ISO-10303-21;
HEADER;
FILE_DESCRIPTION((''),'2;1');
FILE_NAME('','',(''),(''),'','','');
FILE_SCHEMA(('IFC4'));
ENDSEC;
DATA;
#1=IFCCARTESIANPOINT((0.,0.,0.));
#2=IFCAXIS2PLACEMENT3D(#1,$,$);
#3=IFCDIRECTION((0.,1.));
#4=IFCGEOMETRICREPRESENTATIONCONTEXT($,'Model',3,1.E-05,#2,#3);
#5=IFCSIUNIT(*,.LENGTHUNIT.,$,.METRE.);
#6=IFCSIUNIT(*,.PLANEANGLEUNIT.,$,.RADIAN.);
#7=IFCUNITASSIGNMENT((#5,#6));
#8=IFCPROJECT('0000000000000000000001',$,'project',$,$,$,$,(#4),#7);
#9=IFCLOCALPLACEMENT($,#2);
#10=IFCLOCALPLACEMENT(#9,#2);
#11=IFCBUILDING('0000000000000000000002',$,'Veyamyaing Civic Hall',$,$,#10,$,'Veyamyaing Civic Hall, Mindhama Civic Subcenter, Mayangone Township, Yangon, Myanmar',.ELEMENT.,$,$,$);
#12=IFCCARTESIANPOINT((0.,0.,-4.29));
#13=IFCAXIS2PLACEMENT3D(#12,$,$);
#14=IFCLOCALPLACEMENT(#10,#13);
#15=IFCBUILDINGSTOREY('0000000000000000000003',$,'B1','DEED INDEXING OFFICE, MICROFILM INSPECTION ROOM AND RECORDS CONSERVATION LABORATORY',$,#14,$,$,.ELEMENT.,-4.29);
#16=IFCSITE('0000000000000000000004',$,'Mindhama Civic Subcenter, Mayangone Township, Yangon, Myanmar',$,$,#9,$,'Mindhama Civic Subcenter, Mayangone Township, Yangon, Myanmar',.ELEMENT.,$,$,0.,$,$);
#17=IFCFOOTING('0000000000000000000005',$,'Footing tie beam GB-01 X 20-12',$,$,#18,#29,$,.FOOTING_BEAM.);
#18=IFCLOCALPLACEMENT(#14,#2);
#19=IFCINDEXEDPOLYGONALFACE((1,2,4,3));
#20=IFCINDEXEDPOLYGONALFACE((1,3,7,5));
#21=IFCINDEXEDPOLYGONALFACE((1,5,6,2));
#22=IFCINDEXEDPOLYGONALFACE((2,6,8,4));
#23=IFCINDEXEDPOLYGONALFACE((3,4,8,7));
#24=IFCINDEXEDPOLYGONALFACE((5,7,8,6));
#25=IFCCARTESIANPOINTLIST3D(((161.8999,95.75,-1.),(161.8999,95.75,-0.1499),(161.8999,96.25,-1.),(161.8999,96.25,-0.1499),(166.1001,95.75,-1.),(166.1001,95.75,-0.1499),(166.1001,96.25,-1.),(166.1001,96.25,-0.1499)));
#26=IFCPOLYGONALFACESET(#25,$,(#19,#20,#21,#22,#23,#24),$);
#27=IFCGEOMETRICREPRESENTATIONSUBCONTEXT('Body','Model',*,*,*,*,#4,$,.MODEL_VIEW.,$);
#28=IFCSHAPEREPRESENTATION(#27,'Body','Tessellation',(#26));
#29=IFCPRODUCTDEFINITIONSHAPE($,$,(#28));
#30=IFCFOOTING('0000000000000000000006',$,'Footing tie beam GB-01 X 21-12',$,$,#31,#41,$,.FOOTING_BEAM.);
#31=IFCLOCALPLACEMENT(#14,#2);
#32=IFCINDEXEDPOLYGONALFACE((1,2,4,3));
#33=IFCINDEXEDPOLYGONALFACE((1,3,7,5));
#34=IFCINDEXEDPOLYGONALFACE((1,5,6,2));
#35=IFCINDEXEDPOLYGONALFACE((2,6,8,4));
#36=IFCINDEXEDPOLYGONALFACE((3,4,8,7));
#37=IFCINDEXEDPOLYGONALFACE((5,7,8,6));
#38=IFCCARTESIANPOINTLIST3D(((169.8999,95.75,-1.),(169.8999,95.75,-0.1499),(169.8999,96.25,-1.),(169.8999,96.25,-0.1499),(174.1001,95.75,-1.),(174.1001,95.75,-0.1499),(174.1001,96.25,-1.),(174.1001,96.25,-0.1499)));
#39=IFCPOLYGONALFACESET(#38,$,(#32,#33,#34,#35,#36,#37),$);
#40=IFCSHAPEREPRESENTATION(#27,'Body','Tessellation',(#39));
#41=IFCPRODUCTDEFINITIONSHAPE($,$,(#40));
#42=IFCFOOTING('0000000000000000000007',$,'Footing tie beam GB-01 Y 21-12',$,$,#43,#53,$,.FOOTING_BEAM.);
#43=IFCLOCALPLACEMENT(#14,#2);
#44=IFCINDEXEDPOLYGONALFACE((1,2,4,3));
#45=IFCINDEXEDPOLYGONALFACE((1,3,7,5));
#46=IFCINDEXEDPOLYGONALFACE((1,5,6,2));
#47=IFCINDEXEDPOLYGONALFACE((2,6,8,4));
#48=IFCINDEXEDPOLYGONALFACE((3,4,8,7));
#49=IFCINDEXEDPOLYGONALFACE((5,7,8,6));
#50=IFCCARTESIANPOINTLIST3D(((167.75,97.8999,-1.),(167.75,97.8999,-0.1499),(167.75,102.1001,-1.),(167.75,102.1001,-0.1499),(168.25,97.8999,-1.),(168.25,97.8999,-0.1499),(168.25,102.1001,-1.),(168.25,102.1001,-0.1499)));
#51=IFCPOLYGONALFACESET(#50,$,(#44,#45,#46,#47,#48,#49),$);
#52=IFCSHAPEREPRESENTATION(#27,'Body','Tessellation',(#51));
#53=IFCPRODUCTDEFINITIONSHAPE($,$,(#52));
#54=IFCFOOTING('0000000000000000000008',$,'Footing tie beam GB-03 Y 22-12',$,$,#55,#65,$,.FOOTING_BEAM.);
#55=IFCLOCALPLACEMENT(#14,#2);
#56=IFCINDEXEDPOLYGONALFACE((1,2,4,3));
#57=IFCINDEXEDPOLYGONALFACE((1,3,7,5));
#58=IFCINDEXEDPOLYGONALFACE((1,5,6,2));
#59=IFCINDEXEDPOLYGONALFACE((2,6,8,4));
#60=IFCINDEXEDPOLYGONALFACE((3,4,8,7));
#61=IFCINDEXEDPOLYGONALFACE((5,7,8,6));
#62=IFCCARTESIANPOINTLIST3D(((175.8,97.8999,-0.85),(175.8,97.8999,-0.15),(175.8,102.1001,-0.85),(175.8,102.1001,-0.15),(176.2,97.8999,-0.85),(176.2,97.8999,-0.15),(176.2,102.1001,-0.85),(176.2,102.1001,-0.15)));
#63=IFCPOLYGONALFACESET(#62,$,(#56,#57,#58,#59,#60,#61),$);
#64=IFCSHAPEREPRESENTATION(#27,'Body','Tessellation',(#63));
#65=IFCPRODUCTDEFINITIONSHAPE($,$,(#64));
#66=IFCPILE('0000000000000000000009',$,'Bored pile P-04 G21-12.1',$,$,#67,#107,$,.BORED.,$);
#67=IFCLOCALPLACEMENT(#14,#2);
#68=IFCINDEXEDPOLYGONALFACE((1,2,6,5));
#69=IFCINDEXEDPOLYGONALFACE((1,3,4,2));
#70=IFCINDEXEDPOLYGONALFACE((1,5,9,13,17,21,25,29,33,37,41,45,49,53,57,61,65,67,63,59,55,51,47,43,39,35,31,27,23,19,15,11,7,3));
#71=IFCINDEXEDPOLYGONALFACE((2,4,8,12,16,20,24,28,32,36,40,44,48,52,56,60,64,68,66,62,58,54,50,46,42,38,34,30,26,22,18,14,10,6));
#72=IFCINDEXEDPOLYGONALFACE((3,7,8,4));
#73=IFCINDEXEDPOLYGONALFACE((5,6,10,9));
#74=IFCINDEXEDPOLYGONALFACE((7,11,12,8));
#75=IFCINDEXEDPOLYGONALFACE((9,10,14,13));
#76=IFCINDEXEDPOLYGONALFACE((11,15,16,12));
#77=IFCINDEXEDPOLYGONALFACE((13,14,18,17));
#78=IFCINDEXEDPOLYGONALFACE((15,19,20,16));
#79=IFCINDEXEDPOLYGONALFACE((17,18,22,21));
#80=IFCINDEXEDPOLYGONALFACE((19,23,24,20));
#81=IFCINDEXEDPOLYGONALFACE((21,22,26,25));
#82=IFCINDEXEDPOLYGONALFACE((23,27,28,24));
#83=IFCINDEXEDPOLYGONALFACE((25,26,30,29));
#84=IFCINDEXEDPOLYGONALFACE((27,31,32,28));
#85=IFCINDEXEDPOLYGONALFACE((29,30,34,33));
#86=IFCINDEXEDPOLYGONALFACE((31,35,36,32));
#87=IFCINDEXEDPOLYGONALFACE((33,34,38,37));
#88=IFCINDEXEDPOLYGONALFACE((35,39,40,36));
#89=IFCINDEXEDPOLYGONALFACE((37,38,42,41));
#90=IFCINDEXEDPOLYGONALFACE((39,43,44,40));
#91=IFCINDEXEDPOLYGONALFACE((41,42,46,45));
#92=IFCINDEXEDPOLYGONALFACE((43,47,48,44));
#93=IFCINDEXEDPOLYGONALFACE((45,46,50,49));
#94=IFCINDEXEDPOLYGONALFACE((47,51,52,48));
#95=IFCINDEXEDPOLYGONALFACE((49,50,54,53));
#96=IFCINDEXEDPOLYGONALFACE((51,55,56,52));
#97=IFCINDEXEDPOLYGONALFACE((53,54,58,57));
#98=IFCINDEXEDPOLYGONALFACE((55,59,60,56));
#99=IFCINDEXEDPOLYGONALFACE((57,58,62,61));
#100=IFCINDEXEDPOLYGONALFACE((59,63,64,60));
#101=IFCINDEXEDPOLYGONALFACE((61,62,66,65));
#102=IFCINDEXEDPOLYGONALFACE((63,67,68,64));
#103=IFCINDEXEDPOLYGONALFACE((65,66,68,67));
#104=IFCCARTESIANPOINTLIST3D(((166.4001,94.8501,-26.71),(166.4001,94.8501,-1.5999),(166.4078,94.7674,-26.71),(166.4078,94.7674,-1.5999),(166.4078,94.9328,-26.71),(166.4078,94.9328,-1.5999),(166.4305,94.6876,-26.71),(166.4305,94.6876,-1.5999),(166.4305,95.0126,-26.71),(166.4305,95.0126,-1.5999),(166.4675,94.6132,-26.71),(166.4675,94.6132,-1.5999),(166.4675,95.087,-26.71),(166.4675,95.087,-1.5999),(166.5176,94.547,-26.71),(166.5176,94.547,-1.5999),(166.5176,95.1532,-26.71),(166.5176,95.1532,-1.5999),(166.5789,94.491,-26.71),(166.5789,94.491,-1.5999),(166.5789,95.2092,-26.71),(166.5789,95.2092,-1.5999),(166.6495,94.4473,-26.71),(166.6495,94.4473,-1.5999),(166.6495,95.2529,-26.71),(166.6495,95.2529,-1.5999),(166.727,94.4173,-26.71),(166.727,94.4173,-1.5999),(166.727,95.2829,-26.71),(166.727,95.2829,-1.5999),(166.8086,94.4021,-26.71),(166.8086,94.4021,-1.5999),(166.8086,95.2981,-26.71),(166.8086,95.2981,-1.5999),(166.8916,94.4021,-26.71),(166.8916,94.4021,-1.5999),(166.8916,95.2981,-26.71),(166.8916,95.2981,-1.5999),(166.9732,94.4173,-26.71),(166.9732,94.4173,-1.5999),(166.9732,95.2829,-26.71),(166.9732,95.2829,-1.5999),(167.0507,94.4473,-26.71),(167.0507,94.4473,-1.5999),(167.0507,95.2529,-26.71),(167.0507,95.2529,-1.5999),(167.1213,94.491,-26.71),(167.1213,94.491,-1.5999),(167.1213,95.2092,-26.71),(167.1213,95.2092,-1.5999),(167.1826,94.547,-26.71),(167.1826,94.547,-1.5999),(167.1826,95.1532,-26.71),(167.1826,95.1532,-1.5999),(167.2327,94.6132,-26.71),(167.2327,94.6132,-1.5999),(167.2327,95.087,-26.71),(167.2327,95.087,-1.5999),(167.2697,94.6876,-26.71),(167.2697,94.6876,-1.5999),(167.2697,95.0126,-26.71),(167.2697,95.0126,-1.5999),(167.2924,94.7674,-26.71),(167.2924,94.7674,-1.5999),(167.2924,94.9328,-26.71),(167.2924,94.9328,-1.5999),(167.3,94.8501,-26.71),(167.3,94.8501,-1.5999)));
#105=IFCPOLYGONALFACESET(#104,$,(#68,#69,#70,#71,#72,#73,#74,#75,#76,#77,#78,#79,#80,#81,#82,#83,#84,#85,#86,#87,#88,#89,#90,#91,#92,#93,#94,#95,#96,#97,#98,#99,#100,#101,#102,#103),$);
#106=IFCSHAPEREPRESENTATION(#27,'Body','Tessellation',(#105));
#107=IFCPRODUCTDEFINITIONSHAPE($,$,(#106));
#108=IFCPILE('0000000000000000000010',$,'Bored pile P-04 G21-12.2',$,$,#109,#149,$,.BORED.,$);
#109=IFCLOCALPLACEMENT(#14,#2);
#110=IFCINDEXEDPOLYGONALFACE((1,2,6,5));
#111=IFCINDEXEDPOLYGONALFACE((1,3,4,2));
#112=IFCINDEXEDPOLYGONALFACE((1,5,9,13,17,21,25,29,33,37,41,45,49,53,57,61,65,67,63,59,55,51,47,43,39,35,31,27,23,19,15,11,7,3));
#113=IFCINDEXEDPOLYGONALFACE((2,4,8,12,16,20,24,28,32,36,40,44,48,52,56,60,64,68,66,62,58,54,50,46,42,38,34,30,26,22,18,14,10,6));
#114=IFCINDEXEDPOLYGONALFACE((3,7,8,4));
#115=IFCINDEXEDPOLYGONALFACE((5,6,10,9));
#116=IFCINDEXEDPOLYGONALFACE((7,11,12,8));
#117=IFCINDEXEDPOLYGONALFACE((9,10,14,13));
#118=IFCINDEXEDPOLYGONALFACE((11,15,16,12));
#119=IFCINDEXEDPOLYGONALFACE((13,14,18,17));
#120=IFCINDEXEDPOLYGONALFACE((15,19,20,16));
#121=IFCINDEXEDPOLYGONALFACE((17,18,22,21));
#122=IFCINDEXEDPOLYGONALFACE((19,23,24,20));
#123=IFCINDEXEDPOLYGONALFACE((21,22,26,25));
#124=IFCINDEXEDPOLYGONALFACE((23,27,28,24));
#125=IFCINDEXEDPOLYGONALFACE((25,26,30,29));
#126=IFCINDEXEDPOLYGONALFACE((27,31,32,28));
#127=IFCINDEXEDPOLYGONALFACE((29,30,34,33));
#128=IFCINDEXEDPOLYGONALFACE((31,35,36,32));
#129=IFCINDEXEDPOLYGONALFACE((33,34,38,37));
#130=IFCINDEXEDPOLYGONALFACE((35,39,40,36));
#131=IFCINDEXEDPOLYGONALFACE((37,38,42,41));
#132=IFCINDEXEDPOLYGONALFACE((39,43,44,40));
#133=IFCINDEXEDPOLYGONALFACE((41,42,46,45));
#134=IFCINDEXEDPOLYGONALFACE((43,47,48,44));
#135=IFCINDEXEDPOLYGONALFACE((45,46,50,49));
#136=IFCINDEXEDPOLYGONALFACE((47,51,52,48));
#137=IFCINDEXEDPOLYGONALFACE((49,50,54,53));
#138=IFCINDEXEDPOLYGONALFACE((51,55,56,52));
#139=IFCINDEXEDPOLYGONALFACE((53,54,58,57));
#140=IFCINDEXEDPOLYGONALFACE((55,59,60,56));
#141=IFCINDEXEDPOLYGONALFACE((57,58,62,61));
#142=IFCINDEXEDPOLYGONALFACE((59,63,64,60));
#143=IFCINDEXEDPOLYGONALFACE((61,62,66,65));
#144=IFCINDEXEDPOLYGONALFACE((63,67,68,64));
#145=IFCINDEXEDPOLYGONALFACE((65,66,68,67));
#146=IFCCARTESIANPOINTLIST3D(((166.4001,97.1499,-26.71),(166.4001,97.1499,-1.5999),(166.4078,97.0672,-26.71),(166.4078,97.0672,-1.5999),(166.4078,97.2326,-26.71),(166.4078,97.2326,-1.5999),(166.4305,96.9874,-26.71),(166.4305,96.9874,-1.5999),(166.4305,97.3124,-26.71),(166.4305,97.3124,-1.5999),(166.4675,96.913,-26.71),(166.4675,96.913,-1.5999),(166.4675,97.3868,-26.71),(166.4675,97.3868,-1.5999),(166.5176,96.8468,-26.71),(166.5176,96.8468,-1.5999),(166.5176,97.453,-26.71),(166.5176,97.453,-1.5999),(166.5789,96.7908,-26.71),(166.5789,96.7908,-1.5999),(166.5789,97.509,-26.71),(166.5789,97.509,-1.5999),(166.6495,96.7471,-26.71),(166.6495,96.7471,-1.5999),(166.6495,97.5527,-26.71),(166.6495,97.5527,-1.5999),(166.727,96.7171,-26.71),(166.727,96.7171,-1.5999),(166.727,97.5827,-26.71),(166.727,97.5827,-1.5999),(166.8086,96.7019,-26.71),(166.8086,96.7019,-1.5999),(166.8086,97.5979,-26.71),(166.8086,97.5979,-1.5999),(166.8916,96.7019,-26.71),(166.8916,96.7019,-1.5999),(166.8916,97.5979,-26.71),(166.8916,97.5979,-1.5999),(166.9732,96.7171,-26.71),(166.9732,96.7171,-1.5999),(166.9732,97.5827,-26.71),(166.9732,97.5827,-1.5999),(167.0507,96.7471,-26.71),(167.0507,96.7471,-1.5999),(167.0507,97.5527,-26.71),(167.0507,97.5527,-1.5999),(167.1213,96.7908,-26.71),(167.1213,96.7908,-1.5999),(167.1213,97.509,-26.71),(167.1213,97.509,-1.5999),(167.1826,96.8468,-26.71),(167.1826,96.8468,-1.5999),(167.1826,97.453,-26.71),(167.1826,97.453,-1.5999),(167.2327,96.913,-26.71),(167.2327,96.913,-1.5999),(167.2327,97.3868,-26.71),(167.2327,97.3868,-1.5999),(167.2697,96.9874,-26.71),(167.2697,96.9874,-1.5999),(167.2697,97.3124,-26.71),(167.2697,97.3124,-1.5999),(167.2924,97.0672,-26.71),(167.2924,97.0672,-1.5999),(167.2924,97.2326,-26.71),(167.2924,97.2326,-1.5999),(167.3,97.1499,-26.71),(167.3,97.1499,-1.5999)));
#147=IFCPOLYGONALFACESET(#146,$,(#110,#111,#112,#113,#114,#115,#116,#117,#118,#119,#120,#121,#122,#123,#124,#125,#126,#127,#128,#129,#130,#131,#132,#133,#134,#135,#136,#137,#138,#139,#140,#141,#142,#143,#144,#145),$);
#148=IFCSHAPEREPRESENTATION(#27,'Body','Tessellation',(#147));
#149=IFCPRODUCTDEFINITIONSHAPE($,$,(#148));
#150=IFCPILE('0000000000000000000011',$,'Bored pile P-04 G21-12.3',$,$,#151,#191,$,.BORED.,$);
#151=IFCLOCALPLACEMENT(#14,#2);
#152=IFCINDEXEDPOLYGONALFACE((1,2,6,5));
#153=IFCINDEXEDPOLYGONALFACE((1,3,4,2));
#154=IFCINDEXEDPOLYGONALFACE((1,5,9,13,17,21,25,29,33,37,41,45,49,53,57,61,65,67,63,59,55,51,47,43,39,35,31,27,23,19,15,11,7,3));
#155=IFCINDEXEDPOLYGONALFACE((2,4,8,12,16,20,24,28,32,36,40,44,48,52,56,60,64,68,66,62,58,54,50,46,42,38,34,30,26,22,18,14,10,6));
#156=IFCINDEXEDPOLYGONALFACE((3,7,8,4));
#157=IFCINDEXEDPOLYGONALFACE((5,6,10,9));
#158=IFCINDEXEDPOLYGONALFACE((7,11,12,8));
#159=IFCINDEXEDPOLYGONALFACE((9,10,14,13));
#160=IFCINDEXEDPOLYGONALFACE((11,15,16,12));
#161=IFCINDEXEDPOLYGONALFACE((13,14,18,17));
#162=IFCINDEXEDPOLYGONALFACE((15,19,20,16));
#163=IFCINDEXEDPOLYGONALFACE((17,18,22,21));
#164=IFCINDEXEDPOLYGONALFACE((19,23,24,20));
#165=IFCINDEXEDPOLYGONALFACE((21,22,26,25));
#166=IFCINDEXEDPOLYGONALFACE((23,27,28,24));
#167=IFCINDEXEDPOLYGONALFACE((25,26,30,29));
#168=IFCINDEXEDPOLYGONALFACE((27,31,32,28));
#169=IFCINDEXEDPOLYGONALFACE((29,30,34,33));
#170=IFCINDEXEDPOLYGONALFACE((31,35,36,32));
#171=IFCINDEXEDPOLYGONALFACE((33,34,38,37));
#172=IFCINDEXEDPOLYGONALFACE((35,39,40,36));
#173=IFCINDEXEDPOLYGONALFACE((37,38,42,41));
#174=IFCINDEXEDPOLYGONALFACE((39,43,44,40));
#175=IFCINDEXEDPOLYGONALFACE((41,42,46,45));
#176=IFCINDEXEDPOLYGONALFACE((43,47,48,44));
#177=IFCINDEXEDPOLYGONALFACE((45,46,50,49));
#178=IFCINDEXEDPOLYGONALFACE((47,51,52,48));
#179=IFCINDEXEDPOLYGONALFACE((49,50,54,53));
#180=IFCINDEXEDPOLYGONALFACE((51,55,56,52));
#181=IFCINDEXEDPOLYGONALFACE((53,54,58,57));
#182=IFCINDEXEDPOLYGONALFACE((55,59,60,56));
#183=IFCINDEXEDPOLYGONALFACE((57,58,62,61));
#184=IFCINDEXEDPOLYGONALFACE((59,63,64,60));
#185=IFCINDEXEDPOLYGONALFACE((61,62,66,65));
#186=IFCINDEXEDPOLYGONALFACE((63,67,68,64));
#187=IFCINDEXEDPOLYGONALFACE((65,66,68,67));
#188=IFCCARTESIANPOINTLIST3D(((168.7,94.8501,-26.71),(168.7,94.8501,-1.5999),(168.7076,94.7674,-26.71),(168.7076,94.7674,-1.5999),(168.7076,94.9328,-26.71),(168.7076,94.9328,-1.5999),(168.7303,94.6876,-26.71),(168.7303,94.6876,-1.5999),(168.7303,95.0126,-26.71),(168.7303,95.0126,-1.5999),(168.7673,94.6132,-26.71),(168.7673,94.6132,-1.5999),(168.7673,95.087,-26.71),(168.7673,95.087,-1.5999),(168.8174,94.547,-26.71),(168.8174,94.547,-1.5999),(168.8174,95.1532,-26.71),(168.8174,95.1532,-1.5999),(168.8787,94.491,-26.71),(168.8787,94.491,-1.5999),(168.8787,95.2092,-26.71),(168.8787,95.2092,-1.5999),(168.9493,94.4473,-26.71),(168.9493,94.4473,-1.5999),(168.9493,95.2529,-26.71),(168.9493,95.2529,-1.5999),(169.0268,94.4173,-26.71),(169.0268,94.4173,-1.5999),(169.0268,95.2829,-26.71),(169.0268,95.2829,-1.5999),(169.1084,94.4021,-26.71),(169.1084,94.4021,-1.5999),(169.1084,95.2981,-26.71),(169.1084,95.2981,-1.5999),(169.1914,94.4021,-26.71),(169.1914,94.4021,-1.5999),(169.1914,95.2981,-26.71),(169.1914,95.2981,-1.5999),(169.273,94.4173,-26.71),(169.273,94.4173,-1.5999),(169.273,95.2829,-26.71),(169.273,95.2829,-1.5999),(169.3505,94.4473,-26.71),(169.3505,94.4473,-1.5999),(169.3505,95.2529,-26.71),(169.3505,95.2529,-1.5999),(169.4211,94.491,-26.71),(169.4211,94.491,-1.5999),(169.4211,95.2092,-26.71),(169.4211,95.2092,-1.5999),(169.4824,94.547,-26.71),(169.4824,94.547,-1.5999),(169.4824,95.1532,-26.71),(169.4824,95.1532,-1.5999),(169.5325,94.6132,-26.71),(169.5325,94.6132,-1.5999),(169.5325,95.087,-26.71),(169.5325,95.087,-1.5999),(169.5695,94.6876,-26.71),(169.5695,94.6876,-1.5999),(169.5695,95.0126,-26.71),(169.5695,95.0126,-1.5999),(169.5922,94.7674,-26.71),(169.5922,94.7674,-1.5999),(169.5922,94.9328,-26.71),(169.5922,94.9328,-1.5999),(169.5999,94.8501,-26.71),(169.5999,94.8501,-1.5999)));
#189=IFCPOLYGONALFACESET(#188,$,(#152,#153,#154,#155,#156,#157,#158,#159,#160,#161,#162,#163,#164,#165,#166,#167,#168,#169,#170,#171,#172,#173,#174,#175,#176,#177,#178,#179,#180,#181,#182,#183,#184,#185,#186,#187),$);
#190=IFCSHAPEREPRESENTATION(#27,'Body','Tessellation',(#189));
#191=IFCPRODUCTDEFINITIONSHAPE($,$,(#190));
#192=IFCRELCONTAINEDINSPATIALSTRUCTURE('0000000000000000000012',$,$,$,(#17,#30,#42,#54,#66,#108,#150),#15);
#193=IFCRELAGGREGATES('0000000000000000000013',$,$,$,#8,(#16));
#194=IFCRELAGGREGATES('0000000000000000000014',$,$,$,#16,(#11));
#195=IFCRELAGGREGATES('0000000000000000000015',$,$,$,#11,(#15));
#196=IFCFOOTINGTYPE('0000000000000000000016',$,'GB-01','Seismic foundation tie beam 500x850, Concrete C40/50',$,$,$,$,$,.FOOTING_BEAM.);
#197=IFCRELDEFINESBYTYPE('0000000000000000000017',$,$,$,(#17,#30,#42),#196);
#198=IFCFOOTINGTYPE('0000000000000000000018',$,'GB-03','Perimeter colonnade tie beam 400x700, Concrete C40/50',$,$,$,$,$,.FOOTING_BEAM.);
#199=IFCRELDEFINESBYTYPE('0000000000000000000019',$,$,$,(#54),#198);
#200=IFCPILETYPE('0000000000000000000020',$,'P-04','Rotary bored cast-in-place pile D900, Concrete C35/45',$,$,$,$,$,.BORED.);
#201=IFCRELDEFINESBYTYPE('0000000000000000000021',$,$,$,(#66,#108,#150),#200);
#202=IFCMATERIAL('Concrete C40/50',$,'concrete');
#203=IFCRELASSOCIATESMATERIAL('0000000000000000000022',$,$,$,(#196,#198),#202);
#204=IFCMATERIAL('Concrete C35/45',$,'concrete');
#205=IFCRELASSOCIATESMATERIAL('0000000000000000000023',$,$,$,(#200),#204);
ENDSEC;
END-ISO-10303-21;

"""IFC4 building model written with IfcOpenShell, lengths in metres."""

from ifc_helpers import new_model, si_unit, direction, frame, origin, origin_2d, place, context, subcontext, project, spatial, rectangle, circle, extrude, material, material_profile, profile_set, type_object, element, save


model = new_model("IFC4")

# Units and contexts
model_context = context("Model", 3, precision=1e-05, world=origin(), true_north=direction((0.0, 1.0)))
body_context = subcontext(model_context, "Body", "Model", "MODEL_VIEW")
ifc_project = project(units=[si_unit("LENGTHUNIT", "METRE"), si_unit("PLANEANGLEUNIT", "RADIAN")], contexts=[model_context])

# Site, building, storey
site_placement = place(None, origin())
site = spatial("IfcSite", under=ifc_project, at=site_placement, Name="Mindhama Civic Subcenter, Mayangone Township, Yangon, Myanmar", LongName="Mindhama Civic Subcenter, Mayangone Township, Yangon, Myanmar", CompositionType="ELEMENT", RefElevation=0.0)
building_placement = place(site_placement, origin())
building = spatial("IfcBuilding", under=site, at=building_placement, Name="Veyamyaing Civic Hall", LongName="Veyamyaing Civic Hall, Mindhama Civic Subcenter, Mayangone Township, Yangon, Myanmar", CompositionType="ELEMENT")
storey_placement = place(building_placement, frame((0.0, 0.0, -4.29)))
storey = spatial("IfcBuildingStorey", under=building, at=storey_placement, Name="B1", Description="DEED INDEXING OFFICE, MICROFILM INSPECTION ROOM AND RECORDS CONSERVATION LABORATORY", CompositionType="ELEMENT", Elevation=-4.29)

# Footings
ifc_material_1 = material(Name="Concrete C40/50", Category="concrete")
ifc_material_profile_1 = material_profile(ifc_material_1, rectangle(XDim=0.5, YDim=0.8501, at=origin_2d()), Name="GB-500X850")
ifc_profile_set_1 = profile_set([ifc_material_profile_1], Name="Concrete C40/50")
footing_type_1 = type_object("IfcFootingType", Name="GB-01", Description="Seismic foundation tie beam 500x850, Concrete C40/50", PredefinedType="FOOTING_BEAM", material=ifc_profile_set_1)
for number, where, z_axis, x_axis, name in (
    (1, (161.8999, 96.0, -0.575), (1.0, 0.0, 0.0), (0.0, 1.0, 0.0), "Footing tie beam GB-01 X 20-12"),
    (2, (169.8999, 96.0, -0.575), (1.0, 0.0, 0.0), (0.0, 1.0, 0.0), "Footing tie beam GB-01 X 21-12"),
    (3, (168.0, 97.8999, -0.575), (0.0, 1.0, 0.0), (-1.0, 0.0, 0.0), "Footing tie beam GB-01 Y 21-12"),
):
    element("IfcFooting", number, at=place(storey_placement, frame(where, z_axis=z_axis, x_axis=x_axis)), inside=storey, type_object=footing_type_1, Name=name, PredefinedType="FOOTING_BEAM", context=body_context, shape_type="SweptSolid", body=[
        extrude(rectangle(XDim=0.5, YDim=0.8501, at=origin_2d()), origin(), (0.0, 0.0, 1.0), 4.2002),
    ])
ifc_material_profile_2 = material_profile(ifc_material_1, rectangle(XDim=0.3999, YDim=0.7, at=origin_2d()), Name="GB-400X700")
ifc_profile_set_2 = profile_set([ifc_material_profile_2], Name="Concrete C40/50")
footing_type_2 = type_object("IfcFootingType", Name="GB-03", Description="Perimeter colonnade tie beam 400x700, Concrete C40/50", PredefinedType="FOOTING_BEAM", material=ifc_profile_set_2)
footing_1_placement = place(storey_placement, frame((176.0, 97.8999, -0.5), z_axis=(0.0, 1.0, 0.0), x_axis=(-1.0, 0.0, 0.0)))
element("IfcFooting", 4, at=footing_1_placement, inside=storey, type_object=footing_type_2, Name="Footing tie beam GB-03 Y 22-12", PredefinedType="FOOTING_BEAM", context=body_context, shape_type="SweptSolid", body=[
    extrude(rectangle(XDim=0.3999, YDim=0.7, at=origin_2d()), origin(), (0.0, 0.0, 1.0), 4.2002),
])

# Piles
ifc_material_2 = material(Name="Concrete C35/45", Category="concrete")
ifc_material_profile_3 = material_profile(ifc_material_2, circle(Radius=0.45, at=origin_2d()), Name="PILE-D900")
ifc_profile_set_3 = profile_set([ifc_material_profile_3], Name="Concrete C35/45")
pile_type_1 = type_object("IfcPileType", Name="P-04", Description="Rotary bored cast-in-place pile D900, Concrete C35/45", PredefinedType="BORED", material=ifc_profile_set_3)
for number, where, z_axis, x_axis, name in (
    (5, (166.8501, 94.8501, -1.5999), (0.0, 0.0, -1.0), (1.0, 0.0, 0.0), "Bored pile P-04 G21-12.1"),
    (6, (166.8501, 97.1499, -1.5999), (0.0, 0.0, -1.0), (1.0, 0.0, 0.0), "Bored pile P-04 G21-12.2"),
    (7, (169.1499, 94.8501, -1.5999), (0.0, 0.0, -1.0), (1.0, 0.0, 0.0), "Bored pile P-04 G21-12.3"),
):
    element("IfcPile", number, at=place(storey_placement, frame(where, z_axis=z_axis, x_axis=x_axis)), inside=storey, type_object=pile_type_1, Name=name, PredefinedType="BORED", context=body_context, shape_type="SweptSolid", body=[
        extrude(circle(Radius=0.45, at=origin_2d()), origin(), (0.0, 0.0, 1.0), 25.1101),
    ])

save(model, "model.ifc")
